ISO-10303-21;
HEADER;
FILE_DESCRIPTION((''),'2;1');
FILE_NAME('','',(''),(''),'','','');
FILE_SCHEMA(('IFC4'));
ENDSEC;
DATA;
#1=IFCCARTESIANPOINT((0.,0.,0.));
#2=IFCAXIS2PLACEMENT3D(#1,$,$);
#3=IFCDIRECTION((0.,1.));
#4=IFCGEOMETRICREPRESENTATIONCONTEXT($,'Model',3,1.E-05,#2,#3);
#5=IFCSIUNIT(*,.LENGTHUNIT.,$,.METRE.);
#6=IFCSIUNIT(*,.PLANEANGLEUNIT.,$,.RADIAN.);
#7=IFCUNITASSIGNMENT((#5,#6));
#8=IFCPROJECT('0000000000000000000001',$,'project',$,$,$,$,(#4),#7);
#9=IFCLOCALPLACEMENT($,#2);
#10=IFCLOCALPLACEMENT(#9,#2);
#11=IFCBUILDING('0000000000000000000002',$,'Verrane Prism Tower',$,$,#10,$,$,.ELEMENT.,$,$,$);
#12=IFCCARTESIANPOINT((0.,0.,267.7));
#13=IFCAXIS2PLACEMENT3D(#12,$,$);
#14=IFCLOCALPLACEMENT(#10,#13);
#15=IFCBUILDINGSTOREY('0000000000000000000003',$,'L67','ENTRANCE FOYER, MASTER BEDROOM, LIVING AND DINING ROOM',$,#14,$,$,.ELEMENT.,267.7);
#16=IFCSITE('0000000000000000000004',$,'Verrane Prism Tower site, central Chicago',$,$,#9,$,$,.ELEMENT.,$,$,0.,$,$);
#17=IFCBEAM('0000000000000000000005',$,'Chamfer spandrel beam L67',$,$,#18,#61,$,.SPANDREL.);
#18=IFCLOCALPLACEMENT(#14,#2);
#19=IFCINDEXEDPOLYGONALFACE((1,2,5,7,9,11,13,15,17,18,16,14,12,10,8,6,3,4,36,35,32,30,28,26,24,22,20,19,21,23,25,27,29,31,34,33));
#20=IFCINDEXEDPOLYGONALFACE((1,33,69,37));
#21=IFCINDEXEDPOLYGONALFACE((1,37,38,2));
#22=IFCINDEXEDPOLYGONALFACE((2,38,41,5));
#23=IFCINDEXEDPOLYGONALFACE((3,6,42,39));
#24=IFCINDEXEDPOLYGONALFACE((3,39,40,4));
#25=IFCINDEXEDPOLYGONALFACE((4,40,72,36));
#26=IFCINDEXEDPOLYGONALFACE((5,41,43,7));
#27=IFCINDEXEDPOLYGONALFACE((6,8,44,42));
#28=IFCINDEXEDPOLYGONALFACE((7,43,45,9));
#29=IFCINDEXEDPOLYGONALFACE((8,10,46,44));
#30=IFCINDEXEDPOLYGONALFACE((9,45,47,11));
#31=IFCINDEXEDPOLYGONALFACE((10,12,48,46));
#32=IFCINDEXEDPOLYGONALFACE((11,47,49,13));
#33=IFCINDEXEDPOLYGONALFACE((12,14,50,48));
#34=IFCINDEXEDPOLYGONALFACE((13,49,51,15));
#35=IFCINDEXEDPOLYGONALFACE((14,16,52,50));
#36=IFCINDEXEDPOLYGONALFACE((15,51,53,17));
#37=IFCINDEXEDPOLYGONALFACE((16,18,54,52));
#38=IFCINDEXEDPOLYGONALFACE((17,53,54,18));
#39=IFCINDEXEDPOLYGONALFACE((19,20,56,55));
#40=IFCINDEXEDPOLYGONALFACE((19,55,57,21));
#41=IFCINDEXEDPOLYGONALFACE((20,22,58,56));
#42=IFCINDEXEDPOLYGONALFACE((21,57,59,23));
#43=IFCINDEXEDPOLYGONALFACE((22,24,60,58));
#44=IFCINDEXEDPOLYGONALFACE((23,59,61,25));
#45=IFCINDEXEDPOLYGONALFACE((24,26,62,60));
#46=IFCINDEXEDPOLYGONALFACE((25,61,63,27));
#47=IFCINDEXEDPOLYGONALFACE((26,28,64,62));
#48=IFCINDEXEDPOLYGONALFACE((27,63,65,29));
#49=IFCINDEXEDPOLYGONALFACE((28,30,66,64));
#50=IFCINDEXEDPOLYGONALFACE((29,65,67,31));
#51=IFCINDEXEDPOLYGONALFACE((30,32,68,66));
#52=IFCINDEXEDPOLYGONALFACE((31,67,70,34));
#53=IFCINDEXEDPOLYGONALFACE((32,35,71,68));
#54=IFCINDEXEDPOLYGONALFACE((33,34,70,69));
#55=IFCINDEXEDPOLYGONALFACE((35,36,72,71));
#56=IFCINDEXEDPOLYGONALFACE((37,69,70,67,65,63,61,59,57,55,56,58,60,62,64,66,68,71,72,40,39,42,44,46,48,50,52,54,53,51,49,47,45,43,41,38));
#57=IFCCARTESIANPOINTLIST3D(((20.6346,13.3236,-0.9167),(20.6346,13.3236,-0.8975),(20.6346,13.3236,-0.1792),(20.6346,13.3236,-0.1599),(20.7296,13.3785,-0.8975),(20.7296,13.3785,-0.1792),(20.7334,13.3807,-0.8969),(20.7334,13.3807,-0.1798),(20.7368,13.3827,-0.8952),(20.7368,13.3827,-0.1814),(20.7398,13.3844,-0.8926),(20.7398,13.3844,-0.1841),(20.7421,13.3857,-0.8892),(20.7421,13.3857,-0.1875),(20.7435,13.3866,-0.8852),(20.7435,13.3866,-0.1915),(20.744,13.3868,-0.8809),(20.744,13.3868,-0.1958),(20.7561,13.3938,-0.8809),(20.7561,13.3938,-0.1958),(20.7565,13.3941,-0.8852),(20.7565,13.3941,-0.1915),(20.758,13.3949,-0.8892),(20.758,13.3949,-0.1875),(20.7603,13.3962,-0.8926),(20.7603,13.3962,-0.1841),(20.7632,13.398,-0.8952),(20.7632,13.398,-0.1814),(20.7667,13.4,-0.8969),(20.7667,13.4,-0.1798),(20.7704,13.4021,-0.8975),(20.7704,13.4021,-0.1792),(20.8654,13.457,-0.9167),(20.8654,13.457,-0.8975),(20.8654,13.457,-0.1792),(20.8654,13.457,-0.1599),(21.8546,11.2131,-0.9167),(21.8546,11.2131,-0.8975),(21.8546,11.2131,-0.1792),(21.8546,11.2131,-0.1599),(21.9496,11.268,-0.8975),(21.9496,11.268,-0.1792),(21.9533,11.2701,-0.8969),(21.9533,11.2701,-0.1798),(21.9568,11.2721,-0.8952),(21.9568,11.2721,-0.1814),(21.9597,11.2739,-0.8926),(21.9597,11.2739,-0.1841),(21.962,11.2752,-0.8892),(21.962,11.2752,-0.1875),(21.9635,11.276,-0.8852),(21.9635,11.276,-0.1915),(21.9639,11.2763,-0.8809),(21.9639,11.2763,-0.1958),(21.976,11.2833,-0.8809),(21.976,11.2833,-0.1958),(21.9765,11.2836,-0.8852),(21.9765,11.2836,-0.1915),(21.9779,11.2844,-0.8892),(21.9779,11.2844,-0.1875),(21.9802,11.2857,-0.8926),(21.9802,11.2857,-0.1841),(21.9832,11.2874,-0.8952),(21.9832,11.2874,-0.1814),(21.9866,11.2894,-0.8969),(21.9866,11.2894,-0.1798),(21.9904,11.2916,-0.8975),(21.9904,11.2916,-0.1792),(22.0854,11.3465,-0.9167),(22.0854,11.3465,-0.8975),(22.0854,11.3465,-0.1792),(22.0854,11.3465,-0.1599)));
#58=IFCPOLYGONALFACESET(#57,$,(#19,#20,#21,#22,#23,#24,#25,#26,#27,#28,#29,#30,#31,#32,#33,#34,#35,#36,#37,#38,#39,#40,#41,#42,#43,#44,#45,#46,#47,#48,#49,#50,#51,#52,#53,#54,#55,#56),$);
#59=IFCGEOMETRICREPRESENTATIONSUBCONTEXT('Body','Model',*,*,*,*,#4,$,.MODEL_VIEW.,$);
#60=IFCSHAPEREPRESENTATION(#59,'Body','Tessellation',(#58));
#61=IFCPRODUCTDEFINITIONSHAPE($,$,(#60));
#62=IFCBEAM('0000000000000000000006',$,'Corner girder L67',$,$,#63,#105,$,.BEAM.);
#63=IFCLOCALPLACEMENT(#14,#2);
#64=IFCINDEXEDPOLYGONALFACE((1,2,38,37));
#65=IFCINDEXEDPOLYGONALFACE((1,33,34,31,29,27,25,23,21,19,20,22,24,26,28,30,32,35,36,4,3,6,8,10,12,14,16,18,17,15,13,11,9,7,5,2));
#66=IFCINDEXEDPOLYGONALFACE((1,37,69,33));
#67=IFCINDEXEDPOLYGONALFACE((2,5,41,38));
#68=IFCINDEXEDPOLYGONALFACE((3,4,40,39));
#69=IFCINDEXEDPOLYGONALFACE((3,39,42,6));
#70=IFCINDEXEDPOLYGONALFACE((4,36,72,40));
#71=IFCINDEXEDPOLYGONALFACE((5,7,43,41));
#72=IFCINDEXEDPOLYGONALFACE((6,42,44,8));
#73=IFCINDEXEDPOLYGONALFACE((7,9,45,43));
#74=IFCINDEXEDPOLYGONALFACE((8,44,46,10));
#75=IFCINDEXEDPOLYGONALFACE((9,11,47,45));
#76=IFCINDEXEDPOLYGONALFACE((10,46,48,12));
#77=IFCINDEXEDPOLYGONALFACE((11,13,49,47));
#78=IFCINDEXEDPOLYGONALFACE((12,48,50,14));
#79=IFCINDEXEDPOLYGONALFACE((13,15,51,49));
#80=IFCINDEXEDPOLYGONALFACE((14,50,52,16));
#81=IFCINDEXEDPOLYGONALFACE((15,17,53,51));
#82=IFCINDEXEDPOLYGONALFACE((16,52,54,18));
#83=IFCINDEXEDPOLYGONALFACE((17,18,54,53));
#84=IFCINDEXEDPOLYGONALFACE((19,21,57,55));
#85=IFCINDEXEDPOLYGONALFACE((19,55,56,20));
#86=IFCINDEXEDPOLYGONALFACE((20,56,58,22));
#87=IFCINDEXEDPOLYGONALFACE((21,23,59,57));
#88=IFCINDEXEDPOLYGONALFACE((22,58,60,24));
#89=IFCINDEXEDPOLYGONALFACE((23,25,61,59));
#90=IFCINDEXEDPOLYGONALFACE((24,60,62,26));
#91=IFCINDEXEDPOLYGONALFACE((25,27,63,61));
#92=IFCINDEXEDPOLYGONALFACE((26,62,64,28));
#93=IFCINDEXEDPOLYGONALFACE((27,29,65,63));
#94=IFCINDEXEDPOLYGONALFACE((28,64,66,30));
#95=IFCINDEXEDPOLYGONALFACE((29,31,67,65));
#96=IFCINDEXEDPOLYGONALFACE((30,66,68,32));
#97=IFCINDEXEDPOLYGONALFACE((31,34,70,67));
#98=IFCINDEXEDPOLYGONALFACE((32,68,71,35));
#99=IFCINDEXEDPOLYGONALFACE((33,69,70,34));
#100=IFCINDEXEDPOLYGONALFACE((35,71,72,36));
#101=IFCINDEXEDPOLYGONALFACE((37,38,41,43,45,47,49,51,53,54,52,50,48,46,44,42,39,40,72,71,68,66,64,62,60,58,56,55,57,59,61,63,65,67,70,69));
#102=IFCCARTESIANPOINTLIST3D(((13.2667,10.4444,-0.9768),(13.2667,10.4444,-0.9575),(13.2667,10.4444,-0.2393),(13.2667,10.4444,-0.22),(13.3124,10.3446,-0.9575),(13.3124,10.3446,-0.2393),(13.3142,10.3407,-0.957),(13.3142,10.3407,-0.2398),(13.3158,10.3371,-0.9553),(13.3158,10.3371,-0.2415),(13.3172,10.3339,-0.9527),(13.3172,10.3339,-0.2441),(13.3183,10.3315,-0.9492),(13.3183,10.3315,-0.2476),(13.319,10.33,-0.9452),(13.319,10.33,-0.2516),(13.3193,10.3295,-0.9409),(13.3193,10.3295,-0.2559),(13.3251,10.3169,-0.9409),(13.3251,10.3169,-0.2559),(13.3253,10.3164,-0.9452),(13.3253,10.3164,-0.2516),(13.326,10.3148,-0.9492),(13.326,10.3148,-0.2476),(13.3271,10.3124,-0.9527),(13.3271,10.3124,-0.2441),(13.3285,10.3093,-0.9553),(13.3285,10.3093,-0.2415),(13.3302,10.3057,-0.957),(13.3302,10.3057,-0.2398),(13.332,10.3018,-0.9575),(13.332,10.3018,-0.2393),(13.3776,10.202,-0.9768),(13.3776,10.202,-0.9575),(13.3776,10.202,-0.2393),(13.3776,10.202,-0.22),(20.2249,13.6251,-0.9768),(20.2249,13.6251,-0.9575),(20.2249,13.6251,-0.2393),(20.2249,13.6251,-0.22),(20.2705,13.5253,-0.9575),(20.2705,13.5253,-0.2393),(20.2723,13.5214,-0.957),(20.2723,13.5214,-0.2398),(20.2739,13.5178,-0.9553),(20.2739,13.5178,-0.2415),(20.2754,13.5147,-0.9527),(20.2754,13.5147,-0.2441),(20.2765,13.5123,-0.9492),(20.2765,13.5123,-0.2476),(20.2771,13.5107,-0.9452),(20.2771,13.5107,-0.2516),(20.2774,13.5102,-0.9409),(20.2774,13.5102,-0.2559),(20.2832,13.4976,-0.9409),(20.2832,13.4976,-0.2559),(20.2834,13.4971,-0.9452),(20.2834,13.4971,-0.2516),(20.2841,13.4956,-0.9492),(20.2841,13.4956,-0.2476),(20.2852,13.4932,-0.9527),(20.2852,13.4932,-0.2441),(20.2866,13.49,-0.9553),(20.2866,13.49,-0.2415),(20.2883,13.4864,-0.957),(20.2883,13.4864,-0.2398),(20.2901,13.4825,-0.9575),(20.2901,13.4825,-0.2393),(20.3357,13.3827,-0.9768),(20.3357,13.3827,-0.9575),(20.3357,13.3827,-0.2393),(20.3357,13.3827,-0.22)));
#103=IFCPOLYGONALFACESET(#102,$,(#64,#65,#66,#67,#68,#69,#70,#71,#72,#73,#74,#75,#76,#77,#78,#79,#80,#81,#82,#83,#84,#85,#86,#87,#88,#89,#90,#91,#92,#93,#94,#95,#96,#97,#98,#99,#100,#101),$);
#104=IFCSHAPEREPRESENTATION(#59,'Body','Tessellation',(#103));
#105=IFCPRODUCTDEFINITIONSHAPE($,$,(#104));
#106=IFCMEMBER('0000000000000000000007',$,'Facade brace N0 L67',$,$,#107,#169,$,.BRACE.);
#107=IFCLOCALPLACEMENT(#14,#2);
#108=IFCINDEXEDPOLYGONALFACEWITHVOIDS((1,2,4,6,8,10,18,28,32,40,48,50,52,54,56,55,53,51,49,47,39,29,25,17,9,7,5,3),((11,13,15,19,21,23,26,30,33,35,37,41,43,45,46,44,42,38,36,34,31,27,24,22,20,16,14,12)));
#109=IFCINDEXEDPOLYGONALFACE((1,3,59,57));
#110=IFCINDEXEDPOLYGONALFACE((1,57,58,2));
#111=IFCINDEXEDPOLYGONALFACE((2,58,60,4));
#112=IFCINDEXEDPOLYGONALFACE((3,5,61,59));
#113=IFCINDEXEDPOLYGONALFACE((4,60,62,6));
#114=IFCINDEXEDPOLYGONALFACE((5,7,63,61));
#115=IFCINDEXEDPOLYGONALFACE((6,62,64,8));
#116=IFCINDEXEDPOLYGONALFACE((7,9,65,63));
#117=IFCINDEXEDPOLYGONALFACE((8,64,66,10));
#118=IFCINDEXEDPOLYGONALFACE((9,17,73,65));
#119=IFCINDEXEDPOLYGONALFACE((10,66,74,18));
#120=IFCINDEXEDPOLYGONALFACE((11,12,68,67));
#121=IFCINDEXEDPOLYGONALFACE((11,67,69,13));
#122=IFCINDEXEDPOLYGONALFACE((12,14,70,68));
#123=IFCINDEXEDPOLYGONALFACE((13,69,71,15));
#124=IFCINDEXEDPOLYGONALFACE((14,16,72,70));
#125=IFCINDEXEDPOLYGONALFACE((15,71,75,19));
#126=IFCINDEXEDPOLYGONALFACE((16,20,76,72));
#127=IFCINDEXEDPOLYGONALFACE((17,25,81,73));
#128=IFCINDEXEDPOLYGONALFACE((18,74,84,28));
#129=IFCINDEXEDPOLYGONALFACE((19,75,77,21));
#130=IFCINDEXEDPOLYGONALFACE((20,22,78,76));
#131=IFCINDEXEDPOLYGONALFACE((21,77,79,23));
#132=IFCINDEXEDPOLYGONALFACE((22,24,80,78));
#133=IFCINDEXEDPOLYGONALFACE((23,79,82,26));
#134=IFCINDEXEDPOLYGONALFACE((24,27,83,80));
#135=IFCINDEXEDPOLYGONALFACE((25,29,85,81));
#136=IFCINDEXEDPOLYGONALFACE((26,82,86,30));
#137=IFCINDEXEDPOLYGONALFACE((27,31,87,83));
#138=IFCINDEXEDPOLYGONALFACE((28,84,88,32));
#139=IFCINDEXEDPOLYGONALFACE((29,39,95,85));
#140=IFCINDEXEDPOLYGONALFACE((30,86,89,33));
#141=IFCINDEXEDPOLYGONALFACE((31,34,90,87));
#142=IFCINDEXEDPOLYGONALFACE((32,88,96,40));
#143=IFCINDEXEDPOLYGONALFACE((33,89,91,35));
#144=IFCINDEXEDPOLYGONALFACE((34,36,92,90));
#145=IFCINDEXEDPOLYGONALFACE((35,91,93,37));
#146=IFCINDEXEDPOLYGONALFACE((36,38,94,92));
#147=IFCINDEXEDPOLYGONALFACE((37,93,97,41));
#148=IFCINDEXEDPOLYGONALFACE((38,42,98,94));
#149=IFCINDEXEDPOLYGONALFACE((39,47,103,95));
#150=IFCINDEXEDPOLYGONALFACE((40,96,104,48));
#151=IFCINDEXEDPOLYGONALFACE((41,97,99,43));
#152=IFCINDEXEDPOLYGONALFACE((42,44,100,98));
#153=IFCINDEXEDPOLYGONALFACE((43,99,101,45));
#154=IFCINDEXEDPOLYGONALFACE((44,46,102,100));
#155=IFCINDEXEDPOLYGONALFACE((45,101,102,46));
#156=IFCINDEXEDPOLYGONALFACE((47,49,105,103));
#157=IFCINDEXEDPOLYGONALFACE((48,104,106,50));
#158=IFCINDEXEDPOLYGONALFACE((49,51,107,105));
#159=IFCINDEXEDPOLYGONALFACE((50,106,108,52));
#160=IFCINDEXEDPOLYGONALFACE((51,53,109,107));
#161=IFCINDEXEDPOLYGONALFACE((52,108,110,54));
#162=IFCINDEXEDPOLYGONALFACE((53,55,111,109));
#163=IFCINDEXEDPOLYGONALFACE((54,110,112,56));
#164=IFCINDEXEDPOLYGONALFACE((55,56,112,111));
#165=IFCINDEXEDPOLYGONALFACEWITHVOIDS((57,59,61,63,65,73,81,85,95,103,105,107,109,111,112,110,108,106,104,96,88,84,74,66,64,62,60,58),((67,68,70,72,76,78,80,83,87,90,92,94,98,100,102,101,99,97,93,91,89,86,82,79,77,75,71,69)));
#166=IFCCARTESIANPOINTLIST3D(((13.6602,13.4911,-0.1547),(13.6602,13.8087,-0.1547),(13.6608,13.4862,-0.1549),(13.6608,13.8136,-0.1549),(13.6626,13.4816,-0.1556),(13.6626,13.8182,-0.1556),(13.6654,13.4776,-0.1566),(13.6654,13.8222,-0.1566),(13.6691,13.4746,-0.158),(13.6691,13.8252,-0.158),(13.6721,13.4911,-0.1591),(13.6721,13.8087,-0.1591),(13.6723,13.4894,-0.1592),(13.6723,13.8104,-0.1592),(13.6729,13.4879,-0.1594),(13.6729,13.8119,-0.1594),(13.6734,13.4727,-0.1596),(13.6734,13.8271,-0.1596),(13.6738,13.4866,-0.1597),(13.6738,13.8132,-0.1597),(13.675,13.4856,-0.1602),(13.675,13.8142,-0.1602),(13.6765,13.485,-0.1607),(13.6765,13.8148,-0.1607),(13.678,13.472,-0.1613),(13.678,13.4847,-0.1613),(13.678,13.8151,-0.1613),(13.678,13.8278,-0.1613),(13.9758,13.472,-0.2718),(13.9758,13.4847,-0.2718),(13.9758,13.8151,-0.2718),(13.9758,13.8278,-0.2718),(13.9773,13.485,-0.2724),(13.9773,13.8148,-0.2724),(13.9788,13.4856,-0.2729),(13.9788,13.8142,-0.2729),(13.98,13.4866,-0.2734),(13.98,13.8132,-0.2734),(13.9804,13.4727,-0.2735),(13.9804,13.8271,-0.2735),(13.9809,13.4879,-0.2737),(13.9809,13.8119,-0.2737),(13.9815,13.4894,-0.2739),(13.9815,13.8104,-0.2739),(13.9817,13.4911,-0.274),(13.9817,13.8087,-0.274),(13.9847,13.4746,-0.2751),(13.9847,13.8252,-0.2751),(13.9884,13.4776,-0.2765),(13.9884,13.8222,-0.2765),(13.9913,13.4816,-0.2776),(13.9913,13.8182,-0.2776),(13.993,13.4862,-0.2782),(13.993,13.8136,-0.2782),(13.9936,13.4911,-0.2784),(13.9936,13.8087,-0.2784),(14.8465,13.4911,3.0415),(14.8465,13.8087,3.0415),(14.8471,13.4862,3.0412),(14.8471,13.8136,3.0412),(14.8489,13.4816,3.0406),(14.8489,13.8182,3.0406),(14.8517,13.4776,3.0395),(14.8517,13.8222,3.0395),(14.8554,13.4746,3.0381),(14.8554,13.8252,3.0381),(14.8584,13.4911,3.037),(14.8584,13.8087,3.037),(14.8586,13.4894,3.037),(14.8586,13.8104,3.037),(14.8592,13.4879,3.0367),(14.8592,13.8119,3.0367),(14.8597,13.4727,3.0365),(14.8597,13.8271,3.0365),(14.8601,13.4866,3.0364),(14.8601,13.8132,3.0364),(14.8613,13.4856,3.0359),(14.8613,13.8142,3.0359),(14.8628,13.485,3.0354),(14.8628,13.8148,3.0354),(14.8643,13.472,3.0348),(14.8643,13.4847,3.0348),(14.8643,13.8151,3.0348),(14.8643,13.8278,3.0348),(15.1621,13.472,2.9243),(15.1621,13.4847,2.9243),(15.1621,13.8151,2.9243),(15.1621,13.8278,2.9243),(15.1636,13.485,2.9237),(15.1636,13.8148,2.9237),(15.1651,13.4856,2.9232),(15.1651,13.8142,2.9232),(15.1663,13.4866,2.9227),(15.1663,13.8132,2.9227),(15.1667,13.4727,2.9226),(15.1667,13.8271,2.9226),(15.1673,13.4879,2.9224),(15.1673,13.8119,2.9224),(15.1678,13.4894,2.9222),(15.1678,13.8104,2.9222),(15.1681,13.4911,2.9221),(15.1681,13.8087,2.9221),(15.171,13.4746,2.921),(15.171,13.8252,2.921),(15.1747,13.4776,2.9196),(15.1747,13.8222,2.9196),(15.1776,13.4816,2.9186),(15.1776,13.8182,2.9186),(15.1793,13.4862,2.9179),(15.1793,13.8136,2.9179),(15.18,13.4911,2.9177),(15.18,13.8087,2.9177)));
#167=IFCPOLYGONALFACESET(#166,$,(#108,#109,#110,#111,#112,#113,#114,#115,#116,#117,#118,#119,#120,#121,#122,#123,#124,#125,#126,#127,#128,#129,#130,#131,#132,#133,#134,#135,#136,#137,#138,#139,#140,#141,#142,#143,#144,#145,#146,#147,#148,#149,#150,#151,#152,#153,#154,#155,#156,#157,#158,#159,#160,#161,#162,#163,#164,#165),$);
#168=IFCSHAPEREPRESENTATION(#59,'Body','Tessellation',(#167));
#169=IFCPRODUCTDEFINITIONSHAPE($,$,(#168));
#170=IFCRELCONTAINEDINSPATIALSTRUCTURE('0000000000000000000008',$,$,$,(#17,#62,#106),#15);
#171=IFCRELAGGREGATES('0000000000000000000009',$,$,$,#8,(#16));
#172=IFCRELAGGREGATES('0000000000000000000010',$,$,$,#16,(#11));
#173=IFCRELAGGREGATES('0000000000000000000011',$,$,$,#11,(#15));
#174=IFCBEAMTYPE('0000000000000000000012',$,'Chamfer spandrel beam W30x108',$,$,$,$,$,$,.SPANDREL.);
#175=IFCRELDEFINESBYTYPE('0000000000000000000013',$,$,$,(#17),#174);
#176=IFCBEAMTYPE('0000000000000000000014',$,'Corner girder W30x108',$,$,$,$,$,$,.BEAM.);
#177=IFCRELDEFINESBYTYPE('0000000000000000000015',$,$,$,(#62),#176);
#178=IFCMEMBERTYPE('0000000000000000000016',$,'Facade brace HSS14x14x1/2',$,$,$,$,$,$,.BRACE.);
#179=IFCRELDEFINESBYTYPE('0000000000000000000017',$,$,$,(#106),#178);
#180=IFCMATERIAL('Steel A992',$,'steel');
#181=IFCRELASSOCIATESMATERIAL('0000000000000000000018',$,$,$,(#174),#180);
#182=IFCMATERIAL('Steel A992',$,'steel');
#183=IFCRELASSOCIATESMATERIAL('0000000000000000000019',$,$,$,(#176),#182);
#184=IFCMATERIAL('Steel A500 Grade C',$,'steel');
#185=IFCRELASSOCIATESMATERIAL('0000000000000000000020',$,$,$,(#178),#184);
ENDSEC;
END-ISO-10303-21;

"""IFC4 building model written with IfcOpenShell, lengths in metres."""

from ifc_helpers import new_model, si_unit, direction, frame, origin, origin_2d, place, context, subcontext, project, spatial, hollow_rectangle, i_section, extrude, material, material_profile, profile_set, type_object, element, save


model = new_model("IFC4")

# Units and contexts
model_context = context("Model", 3, precision=1e-05, world=origin(), true_north=direction((0.0, 1.0)))
body_context = subcontext(model_context, "Body", "Model", "MODEL_VIEW")
ifc_project = project(units=[si_unit("LENGTHUNIT", "METRE"), si_unit("PLANEANGLEUNIT", "RADIAN")], contexts=[model_context])

# Site, building, storey
site_placement = place(None, origin())
site = spatial("IfcSite", under=ifc_project, at=site_placement, Name="Verrane Prism Tower site, central Chicago", CompositionType="ELEMENT", RefElevation=0.0)
building_placement = place(site_placement, origin())
building = spatial("IfcBuilding", under=site, at=building_placement, Name="Verrane Prism Tower", CompositionType="ELEMENT")
storey_placement = place(building_placement, frame((0.0, 0.0, 267.7)))
storey = spatial("IfcBuildingStorey", under=building, at=storey_placement, Name="L67", Description="ENTRANCE FOYER, MASTER BEDROOM, LIVING AND DINING ROOM", CompositionType="ELEMENT", Elevation=267.7)

# Beams
ifc_material_1 = material(Name="Steel A992", Category="steel")
ifc_material_profile_1 = material_profile(ifc_material_1, i_section(OverallWidth=0.2666, OverallDepth=0.7568, WebThickness=0.0139, FlangeThickness=0.0193, FilletRadius=0.0166, at=origin_2d()), Name="W30x108")
ifc_profile_set_1 = profile_set([ifc_material_profile_1], Name="Steel A992")
beam_type_1 = type_object("IfcBeamType", Name="Chamfer spandrel beam W30x108", PredefinedType="SPANDREL", material=ifc_profile_set_1)
beam_1_placement = place(storey_placement, frame((21.97, 11.2798, -0.5383), z_axis=(-0.500436, 0.865773, 0.0), x_axis=(-0.865773, -0.500436, 0.0)))
element("IfcBeam", 1, at=beam_1_placement, inside=storey, type_object=beam_type_1, Name="Chamfer spandrel beam L67", PredefinedType="SPANDREL", context=body_context, shape_type="SweptSolid", body=[
    extrude(i_section(OverallWidth=0.2666, OverallDepth=0.7568, WebThickness=0.0139, FlangeThickness=0.0193, FilletRadius=0.0166, at=origin_2d()), origin(), (0.0, 0.0, 1.0), 2.4377),
])
ifc_material_2 = material(Name="Steel A992", Category="steel")
ifc_material_profile_2 = material_profile(ifc_material_2, i_section(OverallWidth=0.2666, OverallDepth=0.7568, WebThickness=0.0139, FlangeThickness=0.0193, FilletRadius=0.0166, at=origin_2d()), Name="W30x108")
ifc_profile_set_2 = profile_set([ifc_material_profile_2], Name="Steel A992")
beam_type_2 = type_object("IfcBeamType", Name="Corner girder W30x108", PredefinedType="BEAM", material=ifc_profile_set_2)
beam_2_placement = place(storey_placement, frame((20.2803, 13.5039, -0.5984), z_axis=(-0.909481, -0.415745, 0.0), x_axis=(0.415745, -0.909481, 0.0)))
element("IfcBeam", 2, at=beam_2_placement, inside=storey, type_object=beam_type_2, Name="Corner girder L67", PredefinedType="BEAM", context=body_context, shape_type="SweptSolid", body=[
    extrude(i_section(OverallWidth=0.2666, OverallDepth=0.7568, WebThickness=0.0139, FlangeThickness=0.0193, FilletRadius=0.0166, at=origin_2d()), origin(), (0.0, 0.0, 1.0), 7.6506),
])

# Member
ifc_material_3 = material(Name="Steel A500 Grade C", Category="steel")
ifc_material_profile_3 = material_profile(ifc_material_3, hollow_rectangle(XDim=0.3557, YDim=0.3557, WallThickness=0.0127, InnerFilletRadius=0.0063, OuterFilletRadius=0.019, at=origin_2d()), Name="HSS14x14x1/2")
ifc_profile_set_3 = profile_set([ifc_material_profile_3], Name="Steel A500 Grade C")
member_type_1 = type_object("IfcMemberType", Name="Facade brace HSS14x14x1/2", PredefinedType="BRACE", material=ifc_profile_set_3)
member_1_placement = place(storey_placement, frame((13.8269, 13.6499, -0.2166), z_axis=(0.347974, 0.0, 0.937504), x_axis=(0.0, 1.0, 0.0)))
element("IfcMember", 3, at=member_1_placement, inside=storey, type_object=member_type_1, Name="Facade brace N0 L67", PredefinedType="BRACE", context=body_context, shape_type="SweptSolid", body=[
    extrude(hollow_rectangle(XDim=0.3557, YDim=0.3557, WallThickness=0.0127, InnerFilletRadius=0.0063, OuterFilletRadius=0.019, at=origin_2d()), origin(), (0.0, 0.0, 1.0), 3.4092),
])

save(model, "model.ifc")
